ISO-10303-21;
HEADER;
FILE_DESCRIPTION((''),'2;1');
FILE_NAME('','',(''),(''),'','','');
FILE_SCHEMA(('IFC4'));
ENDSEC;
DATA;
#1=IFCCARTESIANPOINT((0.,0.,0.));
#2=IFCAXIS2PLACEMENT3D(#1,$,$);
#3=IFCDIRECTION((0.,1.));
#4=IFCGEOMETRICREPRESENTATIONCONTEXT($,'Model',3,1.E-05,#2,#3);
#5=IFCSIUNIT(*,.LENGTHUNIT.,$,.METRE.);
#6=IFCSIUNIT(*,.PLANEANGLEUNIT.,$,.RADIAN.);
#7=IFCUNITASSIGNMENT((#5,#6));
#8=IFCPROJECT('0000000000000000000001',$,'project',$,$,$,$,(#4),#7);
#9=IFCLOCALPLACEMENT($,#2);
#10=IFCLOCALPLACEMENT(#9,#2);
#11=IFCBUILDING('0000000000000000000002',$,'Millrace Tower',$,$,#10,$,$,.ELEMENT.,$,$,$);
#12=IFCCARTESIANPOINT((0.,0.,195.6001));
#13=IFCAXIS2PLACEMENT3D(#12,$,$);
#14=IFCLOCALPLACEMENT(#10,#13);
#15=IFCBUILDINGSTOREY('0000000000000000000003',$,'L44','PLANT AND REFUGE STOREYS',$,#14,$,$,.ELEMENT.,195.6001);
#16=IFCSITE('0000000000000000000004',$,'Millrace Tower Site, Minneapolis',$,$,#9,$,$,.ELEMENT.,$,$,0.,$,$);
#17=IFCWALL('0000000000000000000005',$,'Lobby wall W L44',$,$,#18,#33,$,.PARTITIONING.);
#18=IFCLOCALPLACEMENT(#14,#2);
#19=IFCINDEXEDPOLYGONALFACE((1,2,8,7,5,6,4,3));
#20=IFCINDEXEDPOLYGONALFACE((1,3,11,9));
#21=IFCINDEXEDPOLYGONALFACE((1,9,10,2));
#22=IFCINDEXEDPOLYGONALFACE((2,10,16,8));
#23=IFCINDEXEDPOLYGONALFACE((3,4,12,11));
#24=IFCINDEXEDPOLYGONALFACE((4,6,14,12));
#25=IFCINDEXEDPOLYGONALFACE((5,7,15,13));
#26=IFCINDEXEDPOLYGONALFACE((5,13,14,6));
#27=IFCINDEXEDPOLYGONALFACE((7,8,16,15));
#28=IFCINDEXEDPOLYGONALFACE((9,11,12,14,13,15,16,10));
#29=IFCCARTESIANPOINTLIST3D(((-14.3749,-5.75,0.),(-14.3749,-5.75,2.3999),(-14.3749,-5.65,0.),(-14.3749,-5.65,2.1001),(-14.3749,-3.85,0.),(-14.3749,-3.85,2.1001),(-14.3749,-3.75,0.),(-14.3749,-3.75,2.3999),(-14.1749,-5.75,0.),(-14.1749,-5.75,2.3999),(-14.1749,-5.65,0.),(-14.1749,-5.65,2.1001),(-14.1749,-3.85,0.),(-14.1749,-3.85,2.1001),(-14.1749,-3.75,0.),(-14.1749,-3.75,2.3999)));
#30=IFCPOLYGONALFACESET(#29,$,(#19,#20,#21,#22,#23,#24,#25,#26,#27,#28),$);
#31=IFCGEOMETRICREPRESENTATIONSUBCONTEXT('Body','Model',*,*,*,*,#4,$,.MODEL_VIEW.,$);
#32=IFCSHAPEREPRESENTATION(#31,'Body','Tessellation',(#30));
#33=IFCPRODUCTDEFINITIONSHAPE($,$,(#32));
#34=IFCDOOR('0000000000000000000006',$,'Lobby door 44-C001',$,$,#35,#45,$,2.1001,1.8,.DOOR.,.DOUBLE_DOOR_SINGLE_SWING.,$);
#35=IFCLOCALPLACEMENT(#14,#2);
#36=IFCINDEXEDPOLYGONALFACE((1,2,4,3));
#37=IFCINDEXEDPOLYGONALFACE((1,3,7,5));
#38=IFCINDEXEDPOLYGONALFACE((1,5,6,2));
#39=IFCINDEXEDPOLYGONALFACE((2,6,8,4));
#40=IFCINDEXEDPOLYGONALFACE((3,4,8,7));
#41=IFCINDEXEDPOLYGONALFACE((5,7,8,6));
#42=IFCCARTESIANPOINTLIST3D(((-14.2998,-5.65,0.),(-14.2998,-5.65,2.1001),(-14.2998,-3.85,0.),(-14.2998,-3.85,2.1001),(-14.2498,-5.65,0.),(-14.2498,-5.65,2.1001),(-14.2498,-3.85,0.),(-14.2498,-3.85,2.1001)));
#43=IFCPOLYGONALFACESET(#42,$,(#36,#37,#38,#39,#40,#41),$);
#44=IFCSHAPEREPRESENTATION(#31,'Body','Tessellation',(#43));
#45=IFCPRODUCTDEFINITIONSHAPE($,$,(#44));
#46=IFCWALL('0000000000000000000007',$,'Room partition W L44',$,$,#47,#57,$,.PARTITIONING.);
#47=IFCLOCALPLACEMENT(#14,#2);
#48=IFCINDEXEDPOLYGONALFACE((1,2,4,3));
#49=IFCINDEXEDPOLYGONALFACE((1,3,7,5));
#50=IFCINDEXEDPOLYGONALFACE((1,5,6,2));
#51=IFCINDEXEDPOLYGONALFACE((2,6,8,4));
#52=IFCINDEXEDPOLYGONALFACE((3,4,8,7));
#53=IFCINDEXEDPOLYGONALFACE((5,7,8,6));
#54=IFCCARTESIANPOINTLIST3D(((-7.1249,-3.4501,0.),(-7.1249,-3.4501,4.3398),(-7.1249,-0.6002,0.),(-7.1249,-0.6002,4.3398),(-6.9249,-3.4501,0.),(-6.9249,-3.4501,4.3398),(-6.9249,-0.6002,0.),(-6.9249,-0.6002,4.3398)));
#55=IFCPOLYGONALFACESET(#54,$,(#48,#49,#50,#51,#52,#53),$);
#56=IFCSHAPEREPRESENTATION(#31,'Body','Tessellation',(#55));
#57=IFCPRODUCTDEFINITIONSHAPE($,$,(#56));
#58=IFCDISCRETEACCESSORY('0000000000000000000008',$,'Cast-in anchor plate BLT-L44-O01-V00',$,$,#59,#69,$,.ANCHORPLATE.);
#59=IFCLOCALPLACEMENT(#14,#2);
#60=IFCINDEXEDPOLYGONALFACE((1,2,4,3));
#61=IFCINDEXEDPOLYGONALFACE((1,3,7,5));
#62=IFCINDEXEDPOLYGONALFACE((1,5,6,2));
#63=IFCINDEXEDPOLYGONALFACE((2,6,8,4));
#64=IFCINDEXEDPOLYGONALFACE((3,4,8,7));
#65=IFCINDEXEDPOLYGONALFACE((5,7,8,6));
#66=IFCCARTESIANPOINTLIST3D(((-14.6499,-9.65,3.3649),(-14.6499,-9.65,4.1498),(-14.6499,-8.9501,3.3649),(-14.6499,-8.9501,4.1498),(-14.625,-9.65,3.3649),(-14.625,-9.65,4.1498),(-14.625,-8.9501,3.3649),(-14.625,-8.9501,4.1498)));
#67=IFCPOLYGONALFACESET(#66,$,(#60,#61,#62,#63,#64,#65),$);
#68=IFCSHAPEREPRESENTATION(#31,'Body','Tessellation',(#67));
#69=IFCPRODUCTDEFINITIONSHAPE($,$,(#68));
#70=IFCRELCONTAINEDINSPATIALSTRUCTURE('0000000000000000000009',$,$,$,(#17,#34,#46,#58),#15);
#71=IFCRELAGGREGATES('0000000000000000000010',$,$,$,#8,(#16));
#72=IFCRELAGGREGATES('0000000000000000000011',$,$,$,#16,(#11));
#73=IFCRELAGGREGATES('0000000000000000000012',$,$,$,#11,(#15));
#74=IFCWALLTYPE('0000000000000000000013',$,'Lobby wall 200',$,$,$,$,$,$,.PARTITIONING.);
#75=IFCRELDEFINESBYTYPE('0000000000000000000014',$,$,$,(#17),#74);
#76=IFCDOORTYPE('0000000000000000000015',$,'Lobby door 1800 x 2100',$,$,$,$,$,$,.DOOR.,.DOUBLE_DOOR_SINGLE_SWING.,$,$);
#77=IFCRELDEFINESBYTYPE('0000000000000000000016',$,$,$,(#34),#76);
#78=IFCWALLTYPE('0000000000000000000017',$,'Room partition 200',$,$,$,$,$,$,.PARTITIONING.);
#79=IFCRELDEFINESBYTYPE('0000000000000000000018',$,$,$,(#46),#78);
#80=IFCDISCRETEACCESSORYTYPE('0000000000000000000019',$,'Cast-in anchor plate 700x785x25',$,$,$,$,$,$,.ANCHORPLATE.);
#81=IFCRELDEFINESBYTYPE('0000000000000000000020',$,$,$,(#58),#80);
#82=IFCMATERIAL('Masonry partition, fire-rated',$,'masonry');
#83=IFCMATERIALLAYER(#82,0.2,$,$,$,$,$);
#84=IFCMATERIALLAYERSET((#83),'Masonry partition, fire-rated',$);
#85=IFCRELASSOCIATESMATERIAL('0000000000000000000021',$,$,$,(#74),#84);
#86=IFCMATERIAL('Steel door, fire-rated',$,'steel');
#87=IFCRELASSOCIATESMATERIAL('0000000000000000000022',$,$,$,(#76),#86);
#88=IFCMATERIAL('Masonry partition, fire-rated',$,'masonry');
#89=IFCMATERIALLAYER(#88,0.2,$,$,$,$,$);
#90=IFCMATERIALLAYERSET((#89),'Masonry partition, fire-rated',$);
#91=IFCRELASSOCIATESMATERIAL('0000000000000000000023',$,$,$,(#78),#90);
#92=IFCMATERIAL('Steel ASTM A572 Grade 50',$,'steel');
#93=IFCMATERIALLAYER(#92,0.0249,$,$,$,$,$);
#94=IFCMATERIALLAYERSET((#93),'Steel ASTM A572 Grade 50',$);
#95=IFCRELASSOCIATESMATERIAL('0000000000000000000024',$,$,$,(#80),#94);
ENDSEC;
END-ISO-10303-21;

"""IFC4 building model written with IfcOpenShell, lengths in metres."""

from ifc_helpers import new_model, si_unit, direction, frame, frame_2d, origin, origin_2d, place, context, subcontext, project, spatial, rectangle, extrude, material, layer, layer_set, type_object, element, fill, save


model = new_model("IFC4")

# Units and contexts
model_context = context("Model", 3, precision=1e-05, world=origin(), true_north=direction((0.0, 1.0)))
body_context = subcontext(model_context, "Body", "Model", "MODEL_VIEW")
ifc_project = project(units=[si_unit("LENGTHUNIT", "METRE"), si_unit("PLANEANGLEUNIT", "RADIAN")], contexts=[model_context])

# Site, building, storey
site_placement = place(None, origin())
site = spatial("IfcSite", under=ifc_project, at=site_placement, Name="Millrace Tower Site, Minneapolis", CompositionType="ELEMENT", RefElevation=0.0)
building_placement = place(site_placement, origin())
building = spatial("IfcBuilding", under=site, at=building_placement, Name="Millrace Tower", CompositionType="ELEMENT")
storey_placement = place(building_placement, frame((0.0, 0.0, 195.6001)))
storey = spatial("IfcBuildingStorey", under=building, at=storey_placement, Name="L44", Description="PLANT AND REFUGE STOREYS", CompositionType="ELEMENT", Elevation=195.6001)

# Wall, opening, door
ifc_material_1 = material(Name="Masonry partition, fire-rated", Category="masonry")
ifc_layer_1 = layer(ifc_material_1, 0.2)
ifc_layer_set_1 = layer_set([ifc_layer_1], Name="Masonry partition, fire-rated")
wall_type_1 = type_object("IfcWallType", Name="Lobby wall 200", PredefinedType="PARTITIONING", material=ifc_layer_set_1)
wall_1_placement = place(storey_placement, frame((-14.2749, -5.75, 0.0), z_axis=(0.0, 0.0, 1.0), x_axis=(0.0, 1.0, 0.0)))
wall_1 = element("IfcWall", 1, at=wall_1_placement, inside=storey, type_object=wall_type_1, Name="Lobby wall W L44", PredefinedType="PARTITIONING", context=body_context, shape_type="SweptSolid", body=[
    extrude(rectangle(XDim=2.0, YDim=0.2, at=frame_2d((1.0, 0.0))), origin(), (0.0, 0.0, 1.0), 2.3999),
])
opening_1_placement = place(wall_1_placement, frame((0.1001, 0.0, 0.0)))
opening_1 = element("IfcOpeningElement", 2, at=opening_1_placement, cuts=wall_1, PredefinedType="OPENING", context=body_context, shape_type="SweptSolid", body=[
    extrude(rectangle(XDim=1.8, YDim=2.1001, at=frame_2d((0.8999, 1.05))), frame((0.0, 0.1099, 0.0), z_axis=(0.0, -1.0, 0.0), x_axis=(1.0, 0.0, 0.0)), (0.0, 0.0, 1.0), 0.22),
])
ifc_material_2 = material(Name="Steel door, fire-rated", Category="steel")
door_type_1 = type_object("IfcDoorType", Name="Lobby door 1800 x 2100", OperationType="DOUBLE_DOOR_SINGLE_SWING", PredefinedType="DOOR", material=ifc_material_2)
door_1_placement = place(opening_1_placement, origin())
door_1 = element("IfcDoor", 3, at=door_1_placement, inside=storey, type_object=door_type_1, Name="Lobby door 44-C001", OperationType="DOUBLE_DOOR_SINGLE_SWING", OverallHeight=2.1001, OverallWidth=1.8, PredefinedType="DOOR", context=body_context, shape_type="SweptSolid", body=[
    extrude(rectangle(XDim=1.8, YDim=2.1001, at=frame_2d((0.8999, 1.05))), frame((0.0, 0.0249, 0.0), z_axis=(0.0, -1.0, 0.0), x_axis=(1.0, 0.0, 0.0)), (0.0, 0.0, 1.0), 0.05),
])
fill(opening_1, door_1)

# Wall
ifc_material_3 = material(Name="Masonry partition, fire-rated", Category="masonry")
ifc_layer_2 = layer(ifc_material_3, 0.2)
ifc_layer_set_2 = layer_set([ifc_layer_2], Name="Masonry partition, fire-rated")
wall_type_2 = type_object("IfcWallType", Name="Room partition 200", PredefinedType="PARTITIONING", material=ifc_layer_set_2)
wall_2_placement = place(storey_placement, frame((-7.0249, -3.45, 0.0), z_axis=(0.0, 0.0, 1.0), x_axis=(0.0, 1.0, 0.0)))
element("IfcWall", 4, at=wall_2_placement, inside=storey, type_object=wall_type_2, Name="Room partition W L44", PredefinedType="PARTITIONING", context=body_context, shape_type="SweptSolid", body=[
    extrude(rectangle(XDim=2.8499, YDim=0.2, at=frame_2d((1.4248, 0.0))), origin(), (0.0, 0.0, 1.0), 4.3398),
])

# Discrete accessory
ifc_material_4 = material(Name="Steel ASTM A572 Grade 50", Category="steel")
ifc_layer_3 = layer(ifc_material_4, 0.0249)
ifc_layer_set_3 = layer_set([ifc_layer_3], Name="Steel ASTM A572 Grade 50")
discrete_accessory_type = type_object("IfcDiscreteAccessoryType", Name="Cast-in anchor plate 700x785x25", PredefinedType="ANCHORPLATE", material=ifc_layer_set_3)
discrete_accessory_placement = place(storey_placement, frame((-14.625, -9.3, 3.7573), z_axis=(-1.0, 0.0, 0.0), x_axis=(0.0, -1.0, 0.0)))
element("IfcDiscreteAccessory", 5, at=discrete_accessory_placement, inside=storey, type_object=discrete_accessory_type, Name="Cast-in anchor plate BLT-L44-O01-V00", PredefinedType="ANCHORPLATE", context=body_context, shape_type="SweptSolid", body=[
    extrude(rectangle(XDim=0.7, YDim=0.7849, at=origin_2d()), origin(), (0.0, 0.0, 1.0), 0.0249),
])

save(model, "model.ifc")
